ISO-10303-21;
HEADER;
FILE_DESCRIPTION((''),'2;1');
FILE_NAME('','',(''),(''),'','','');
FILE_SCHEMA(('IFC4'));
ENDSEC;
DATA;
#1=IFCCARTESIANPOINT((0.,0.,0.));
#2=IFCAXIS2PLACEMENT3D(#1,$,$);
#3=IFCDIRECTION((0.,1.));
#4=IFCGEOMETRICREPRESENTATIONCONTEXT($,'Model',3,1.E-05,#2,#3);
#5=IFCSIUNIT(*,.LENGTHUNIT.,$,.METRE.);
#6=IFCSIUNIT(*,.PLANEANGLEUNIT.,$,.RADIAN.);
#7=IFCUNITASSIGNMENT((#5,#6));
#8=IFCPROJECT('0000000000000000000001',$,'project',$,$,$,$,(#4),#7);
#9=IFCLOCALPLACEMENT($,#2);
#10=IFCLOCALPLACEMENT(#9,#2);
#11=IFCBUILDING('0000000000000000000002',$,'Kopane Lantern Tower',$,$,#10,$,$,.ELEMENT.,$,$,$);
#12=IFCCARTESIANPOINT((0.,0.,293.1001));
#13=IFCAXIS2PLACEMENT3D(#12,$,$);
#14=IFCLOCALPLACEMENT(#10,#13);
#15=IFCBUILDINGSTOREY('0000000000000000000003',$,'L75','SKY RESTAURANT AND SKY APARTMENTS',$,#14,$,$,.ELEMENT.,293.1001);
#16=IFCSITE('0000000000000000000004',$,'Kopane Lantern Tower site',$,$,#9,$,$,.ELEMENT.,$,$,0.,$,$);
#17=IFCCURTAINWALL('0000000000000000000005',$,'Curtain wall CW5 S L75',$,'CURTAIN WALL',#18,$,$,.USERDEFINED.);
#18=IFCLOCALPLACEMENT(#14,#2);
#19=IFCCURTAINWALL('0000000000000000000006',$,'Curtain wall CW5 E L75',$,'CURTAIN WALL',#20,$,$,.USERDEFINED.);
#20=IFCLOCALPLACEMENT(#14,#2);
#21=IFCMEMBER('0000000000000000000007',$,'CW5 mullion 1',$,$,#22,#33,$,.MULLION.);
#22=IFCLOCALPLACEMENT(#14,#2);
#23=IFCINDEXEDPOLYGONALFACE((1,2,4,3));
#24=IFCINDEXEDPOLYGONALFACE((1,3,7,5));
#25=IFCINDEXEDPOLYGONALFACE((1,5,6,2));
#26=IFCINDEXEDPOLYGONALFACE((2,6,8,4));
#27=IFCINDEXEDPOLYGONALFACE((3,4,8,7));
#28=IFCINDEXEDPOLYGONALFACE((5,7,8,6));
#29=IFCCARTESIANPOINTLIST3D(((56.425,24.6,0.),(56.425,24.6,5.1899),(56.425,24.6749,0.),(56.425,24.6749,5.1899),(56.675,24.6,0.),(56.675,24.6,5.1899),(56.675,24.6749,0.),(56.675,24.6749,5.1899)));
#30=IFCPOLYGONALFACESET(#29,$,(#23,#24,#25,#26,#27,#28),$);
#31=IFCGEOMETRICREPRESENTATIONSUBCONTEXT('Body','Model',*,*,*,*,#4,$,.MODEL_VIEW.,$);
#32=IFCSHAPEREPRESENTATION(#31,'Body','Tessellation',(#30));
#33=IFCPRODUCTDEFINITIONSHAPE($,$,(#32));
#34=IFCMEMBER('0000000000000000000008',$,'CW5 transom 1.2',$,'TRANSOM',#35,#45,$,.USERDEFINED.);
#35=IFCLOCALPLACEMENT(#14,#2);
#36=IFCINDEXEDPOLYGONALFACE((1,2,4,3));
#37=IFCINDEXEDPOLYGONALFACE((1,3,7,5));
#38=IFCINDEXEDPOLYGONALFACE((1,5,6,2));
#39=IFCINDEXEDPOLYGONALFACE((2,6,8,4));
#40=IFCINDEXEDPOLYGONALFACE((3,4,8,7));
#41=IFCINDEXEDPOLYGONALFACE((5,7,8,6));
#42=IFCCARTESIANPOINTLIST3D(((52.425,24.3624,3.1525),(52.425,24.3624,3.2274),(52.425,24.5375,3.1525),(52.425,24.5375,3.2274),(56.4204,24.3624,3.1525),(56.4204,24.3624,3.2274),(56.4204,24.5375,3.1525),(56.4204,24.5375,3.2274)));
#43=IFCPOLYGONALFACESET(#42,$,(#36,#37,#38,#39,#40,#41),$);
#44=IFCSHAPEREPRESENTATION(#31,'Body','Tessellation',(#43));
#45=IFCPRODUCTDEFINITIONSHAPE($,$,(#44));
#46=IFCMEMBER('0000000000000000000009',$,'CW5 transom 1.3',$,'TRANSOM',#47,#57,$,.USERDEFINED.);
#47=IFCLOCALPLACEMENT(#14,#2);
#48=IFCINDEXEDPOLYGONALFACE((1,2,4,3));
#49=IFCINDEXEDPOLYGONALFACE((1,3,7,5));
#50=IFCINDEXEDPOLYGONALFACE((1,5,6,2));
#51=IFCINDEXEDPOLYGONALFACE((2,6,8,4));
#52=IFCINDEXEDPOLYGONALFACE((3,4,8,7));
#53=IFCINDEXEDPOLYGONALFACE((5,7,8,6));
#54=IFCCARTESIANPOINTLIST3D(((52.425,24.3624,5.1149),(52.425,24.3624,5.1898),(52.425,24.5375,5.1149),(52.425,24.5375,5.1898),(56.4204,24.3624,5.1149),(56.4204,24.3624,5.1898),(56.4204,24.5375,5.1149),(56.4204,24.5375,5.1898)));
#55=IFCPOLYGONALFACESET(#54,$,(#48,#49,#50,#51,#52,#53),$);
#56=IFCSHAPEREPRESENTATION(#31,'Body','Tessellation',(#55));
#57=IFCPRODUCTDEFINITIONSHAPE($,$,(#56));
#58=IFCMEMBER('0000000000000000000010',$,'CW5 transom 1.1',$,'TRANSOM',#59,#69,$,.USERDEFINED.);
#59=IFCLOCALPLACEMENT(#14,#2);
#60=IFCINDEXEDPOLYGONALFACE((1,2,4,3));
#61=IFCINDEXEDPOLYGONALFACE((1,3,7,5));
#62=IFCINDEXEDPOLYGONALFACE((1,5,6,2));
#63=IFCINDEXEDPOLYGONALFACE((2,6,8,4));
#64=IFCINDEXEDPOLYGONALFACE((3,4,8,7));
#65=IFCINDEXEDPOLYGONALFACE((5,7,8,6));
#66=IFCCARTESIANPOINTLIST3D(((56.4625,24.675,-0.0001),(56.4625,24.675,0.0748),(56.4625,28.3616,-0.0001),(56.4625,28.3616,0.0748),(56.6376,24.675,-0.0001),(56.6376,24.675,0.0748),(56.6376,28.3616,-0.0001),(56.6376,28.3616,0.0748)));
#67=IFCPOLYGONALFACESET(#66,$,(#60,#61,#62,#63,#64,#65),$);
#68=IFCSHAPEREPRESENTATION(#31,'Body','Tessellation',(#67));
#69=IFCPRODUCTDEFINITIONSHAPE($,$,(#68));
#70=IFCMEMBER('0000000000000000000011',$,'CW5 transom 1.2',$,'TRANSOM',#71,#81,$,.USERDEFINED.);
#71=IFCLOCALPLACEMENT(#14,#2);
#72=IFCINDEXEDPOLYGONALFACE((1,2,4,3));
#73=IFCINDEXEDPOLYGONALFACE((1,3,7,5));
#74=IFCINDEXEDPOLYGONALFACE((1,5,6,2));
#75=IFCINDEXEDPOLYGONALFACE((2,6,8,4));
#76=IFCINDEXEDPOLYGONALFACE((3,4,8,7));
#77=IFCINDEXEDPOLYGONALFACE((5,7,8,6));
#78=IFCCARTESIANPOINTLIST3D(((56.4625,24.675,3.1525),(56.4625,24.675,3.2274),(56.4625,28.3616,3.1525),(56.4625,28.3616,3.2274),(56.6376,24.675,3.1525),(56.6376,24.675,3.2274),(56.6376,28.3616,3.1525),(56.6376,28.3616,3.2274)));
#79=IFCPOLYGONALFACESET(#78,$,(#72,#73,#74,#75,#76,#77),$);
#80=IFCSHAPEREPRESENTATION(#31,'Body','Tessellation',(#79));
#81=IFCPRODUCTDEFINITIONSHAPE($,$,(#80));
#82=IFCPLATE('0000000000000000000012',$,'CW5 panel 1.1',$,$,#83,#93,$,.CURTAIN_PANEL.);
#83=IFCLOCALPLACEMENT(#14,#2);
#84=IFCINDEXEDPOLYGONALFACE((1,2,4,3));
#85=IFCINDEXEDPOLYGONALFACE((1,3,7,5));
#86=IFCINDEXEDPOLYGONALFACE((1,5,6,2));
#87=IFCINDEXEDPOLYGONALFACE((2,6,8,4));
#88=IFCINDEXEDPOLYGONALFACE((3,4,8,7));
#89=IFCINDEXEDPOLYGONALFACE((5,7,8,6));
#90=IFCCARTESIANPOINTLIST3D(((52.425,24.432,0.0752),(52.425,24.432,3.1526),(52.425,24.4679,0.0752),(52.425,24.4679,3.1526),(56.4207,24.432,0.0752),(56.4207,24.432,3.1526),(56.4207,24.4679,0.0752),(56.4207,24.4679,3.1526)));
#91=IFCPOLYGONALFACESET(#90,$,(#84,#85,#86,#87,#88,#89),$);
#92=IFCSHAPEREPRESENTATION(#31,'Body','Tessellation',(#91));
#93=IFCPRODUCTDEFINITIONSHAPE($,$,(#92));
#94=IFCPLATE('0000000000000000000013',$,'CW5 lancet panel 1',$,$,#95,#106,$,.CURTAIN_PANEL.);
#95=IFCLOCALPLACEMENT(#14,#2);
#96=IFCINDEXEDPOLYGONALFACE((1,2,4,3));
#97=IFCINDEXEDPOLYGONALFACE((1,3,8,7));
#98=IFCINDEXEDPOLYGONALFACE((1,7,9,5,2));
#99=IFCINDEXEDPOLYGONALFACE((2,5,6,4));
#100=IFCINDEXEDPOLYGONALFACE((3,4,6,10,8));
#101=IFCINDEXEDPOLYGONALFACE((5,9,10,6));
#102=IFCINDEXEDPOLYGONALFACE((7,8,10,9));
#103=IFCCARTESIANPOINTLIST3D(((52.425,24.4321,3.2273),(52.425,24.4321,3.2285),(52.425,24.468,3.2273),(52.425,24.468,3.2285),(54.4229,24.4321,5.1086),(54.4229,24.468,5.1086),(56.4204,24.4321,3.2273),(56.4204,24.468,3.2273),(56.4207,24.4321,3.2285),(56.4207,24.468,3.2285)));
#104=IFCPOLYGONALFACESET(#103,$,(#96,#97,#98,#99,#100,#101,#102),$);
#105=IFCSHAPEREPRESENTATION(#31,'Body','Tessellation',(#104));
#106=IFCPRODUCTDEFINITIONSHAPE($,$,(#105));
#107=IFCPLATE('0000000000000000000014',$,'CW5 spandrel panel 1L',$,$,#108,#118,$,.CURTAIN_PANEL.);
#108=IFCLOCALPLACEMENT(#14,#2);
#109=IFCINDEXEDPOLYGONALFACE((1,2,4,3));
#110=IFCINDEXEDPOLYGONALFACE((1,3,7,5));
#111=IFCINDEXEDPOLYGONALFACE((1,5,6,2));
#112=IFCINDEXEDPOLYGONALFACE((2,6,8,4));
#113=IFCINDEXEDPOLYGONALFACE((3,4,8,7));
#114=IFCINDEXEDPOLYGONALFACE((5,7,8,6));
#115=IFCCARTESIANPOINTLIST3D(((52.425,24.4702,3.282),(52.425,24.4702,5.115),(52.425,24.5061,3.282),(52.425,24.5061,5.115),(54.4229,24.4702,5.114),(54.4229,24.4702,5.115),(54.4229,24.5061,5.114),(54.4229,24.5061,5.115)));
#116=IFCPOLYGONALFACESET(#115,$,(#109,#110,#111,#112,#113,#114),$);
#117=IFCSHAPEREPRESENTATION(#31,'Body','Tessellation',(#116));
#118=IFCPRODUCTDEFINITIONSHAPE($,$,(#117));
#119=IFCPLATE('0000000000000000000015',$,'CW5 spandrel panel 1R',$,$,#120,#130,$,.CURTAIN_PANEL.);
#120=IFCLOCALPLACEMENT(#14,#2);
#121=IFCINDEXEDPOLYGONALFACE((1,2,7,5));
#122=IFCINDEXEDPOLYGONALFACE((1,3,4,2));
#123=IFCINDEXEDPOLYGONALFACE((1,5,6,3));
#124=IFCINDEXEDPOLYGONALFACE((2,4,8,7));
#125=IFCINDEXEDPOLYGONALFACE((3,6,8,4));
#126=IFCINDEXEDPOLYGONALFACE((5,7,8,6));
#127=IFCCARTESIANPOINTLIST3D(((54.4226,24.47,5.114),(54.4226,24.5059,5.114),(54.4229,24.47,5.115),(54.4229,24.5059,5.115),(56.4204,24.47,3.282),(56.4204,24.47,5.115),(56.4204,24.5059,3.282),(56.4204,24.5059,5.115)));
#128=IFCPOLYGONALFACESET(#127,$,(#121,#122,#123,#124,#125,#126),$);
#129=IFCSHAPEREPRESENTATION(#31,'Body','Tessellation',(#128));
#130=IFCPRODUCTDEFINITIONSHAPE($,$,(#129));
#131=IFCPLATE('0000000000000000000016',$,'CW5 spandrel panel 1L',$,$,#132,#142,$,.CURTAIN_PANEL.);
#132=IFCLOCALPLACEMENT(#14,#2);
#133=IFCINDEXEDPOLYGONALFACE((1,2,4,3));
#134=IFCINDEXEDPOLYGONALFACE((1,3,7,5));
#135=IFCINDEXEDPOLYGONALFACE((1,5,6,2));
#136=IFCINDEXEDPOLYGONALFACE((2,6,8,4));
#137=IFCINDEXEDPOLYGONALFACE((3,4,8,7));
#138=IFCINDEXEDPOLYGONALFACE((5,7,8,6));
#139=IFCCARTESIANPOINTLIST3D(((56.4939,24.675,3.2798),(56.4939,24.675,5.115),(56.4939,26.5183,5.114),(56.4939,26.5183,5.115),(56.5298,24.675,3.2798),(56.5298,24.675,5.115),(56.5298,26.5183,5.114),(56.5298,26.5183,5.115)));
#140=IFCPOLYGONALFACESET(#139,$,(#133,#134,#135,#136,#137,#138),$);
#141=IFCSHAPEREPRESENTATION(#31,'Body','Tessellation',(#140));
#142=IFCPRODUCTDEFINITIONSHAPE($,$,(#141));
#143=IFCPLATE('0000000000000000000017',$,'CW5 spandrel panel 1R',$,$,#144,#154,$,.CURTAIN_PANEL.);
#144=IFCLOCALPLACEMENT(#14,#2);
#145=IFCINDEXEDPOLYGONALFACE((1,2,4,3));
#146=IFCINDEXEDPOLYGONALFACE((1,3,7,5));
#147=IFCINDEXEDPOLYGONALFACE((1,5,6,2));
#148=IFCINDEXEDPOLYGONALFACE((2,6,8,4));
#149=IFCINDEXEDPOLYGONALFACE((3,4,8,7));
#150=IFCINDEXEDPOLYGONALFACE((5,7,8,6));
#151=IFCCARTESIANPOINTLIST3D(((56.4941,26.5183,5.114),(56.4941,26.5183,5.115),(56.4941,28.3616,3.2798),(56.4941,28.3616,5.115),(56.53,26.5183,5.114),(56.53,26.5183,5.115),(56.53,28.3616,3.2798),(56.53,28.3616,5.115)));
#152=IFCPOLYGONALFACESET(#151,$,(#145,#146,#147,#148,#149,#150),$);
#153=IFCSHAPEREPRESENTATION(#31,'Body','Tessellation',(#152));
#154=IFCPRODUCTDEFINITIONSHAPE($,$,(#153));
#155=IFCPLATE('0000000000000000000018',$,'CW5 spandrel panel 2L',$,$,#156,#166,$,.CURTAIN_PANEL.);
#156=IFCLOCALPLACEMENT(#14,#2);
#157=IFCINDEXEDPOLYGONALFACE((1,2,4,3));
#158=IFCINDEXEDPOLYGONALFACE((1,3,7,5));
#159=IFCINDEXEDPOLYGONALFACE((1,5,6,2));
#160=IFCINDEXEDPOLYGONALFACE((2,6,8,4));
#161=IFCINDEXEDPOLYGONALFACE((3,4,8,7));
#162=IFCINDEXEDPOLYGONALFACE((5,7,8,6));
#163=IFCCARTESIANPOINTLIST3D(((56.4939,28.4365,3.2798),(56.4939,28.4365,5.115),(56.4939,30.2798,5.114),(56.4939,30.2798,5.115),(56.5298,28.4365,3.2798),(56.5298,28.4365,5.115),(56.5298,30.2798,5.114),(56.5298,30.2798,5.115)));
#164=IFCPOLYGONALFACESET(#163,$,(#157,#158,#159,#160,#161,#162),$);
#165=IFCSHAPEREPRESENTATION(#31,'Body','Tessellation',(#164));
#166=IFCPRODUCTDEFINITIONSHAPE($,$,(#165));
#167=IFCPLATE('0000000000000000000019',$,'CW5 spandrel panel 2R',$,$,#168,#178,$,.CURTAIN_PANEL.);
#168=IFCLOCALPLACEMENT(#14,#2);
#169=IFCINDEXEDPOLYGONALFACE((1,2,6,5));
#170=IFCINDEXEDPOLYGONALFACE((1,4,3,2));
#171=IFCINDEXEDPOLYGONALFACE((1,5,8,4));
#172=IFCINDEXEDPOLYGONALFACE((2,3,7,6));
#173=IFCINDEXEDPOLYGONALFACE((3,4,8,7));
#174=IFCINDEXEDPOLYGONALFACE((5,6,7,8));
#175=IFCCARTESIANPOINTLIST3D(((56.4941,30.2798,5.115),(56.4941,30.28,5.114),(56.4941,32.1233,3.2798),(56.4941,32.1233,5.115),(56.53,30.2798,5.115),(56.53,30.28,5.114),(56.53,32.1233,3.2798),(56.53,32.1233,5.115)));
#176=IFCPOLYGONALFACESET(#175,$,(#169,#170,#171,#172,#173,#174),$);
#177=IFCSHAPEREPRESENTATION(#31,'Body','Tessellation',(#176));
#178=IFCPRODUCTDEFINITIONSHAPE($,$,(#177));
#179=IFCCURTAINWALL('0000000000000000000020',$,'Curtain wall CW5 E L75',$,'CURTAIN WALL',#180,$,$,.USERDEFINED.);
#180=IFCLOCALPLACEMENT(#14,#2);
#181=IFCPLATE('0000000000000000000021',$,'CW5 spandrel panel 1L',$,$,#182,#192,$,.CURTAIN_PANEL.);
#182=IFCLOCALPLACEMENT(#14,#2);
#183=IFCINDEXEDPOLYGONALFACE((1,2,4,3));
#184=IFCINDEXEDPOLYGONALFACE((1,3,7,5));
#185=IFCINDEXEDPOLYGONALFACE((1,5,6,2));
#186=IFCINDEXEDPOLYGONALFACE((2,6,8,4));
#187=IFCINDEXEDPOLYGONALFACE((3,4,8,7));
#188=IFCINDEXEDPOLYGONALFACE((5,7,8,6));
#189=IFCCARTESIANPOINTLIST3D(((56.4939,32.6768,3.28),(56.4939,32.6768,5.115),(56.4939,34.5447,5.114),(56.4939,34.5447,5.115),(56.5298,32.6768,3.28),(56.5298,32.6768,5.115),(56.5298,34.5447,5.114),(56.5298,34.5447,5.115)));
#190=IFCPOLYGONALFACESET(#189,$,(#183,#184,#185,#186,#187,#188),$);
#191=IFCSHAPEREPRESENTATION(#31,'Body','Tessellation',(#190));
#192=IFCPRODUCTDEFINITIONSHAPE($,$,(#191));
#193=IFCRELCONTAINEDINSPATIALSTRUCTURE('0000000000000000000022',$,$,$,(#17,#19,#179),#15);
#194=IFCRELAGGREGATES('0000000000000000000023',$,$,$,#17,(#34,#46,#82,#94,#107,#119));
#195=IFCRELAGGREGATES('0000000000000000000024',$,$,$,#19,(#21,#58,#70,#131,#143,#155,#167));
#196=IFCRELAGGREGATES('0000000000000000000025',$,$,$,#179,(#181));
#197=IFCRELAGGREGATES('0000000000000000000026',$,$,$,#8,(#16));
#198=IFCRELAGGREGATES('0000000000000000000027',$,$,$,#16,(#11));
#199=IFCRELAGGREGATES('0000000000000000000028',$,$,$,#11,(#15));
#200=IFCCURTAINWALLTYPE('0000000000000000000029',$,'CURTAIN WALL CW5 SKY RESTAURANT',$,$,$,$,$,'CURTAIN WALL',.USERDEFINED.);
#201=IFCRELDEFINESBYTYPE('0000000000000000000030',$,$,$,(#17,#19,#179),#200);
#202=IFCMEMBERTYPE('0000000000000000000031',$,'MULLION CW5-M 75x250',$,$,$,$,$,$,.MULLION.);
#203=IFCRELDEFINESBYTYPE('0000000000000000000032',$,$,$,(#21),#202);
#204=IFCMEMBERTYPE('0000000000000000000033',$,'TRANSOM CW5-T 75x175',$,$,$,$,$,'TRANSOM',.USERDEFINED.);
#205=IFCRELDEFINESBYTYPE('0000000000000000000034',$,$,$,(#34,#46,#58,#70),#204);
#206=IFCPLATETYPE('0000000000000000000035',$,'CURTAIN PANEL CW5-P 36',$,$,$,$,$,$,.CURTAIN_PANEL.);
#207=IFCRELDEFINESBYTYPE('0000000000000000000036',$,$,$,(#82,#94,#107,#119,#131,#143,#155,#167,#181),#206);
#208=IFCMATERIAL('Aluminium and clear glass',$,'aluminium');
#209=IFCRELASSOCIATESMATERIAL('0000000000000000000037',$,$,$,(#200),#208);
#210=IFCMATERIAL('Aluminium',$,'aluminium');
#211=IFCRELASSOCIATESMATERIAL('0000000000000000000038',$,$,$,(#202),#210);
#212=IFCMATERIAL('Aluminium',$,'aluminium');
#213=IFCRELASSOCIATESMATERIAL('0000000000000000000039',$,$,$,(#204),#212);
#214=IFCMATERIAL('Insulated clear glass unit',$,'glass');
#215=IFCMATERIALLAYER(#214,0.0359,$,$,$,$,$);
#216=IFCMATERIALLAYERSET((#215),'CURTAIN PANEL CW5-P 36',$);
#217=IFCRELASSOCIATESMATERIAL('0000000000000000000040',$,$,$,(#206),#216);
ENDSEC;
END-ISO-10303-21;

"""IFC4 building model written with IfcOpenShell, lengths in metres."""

from ifc_helpers import new_model, si_unit, direction, frame, origin, origin_2d, place, context, subcontext, project, spatial, polyline, rectangle, outline, extrude, material, layer, layer_set, material_profile, profile_set, type_object, element, aggregate, save


model = new_model("IFC4")

# Units and contexts
model_context = context("Model", 3, precision=1e-05, world=origin(), true_north=direction((0.0, 1.0)))
body_context = subcontext(model_context, "Body", "Model", "MODEL_VIEW")
ifc_project = project(units=[si_unit("LENGTHUNIT", "METRE"), si_unit("PLANEANGLEUNIT", "RADIAN")], contexts=[model_context])

# Site, building, storey
site_placement = place(None, origin())
site = spatial("IfcSite", under=ifc_project, at=site_placement, Name="Kopane Lantern Tower site", CompositionType="ELEMENT", RefElevation=0.0)
building_placement = place(site_placement, origin())
building = spatial("IfcBuilding", under=site, at=building_placement, Name="Kopane Lantern Tower", CompositionType="ELEMENT")
storey_placement = place(building_placement, frame((0.0, 0.0, 293.1001)))
storey = spatial("IfcBuildingStorey", under=building, at=storey_placement, Name="L75", Description="SKY RESTAURANT AND SKY APARTMENTS", CompositionType="ELEMENT", Elevation=293.1001)

# Curtain wall
ifc_material_1 = material(Name="Aluminium and clear glass", Category="aluminium")
curtain_wall_type = type_object("IfcCurtainWallType", Name="CURTAIN WALL CW5 SKY RESTAURANT", ElementType="CURTAIN WALL", PredefinedType="USERDEFINED", material=ifc_material_1)
curtain_wall_1_placement = place(storey_placement, origin())
curtain_wall_1 = element("IfcCurtainWall", 1, at=curtain_wall_1_placement, inside=storey, type_object=curtain_wall_type, Name="Curtain wall CW5 S L75", ObjectType="CURTAIN WALL", PredefinedType="USERDEFINED")
ifc_material_2 = material(Name="Aluminium", Category="aluminium")
ifc_material_profile_1 = material_profile(ifc_material_2, rectangle(XDim=0.075, YDim=0.25, at=origin_2d()), Name="AL 75x250")
ifc_profile_set_1 = profile_set([ifc_material_profile_1], Name="Aluminium")
member_type_1 = type_object("IfcMemberType", Name="MULLION CW5-M 75x250", PredefinedType="MULLION", material=ifc_profile_set_1)

# Curtain wall, member
curtain_wall_2_placement = place(storey_placement, origin())
curtain_wall_2 = element("IfcCurtainWall", 2, at=curtain_wall_2_placement, inside=storey, type_object=curtain_wall_type, Name="Curtain wall CW5 E L75", ObjectType="CURTAIN WALL", PredefinedType="USERDEFINED")
member_1_placement = place(storey_placement, frame((56.55, 24.6375, 0.0), z_axis=(0.0, 0.0, 1.0), x_axis=(0.0, 1.0, 0.0)))
member_1 = element("IfcMember", 3, at=member_1_placement, type_object=member_type_1, Name="CW5 mullion 1", PredefinedType="MULLION", context=body_context, shape_type="SweptSolid", body=[
    extrude(rectangle(XDim=0.075, YDim=0.25, at=origin_2d()), origin(), (0.0, 0.0, 1.0), 5.1899),
])

# Members
ifc_material_3 = material(Name="Aluminium", Category="aluminium")
ifc_material_profile_2 = material_profile(ifc_material_3, rectangle(XDim=0.175, YDim=0.075, at=origin_2d()), Name="AL 175x75")
ifc_profile_set_2 = profile_set([ifc_material_profile_2], Name="Aluminium")
member_type_2 = type_object("IfcMemberType", Name="TRANSOM CW5-T 75x175", ElementType="TRANSOM", PredefinedType="USERDEFINED", material=ifc_profile_set_2)
member_2_placement = place(storey_placement, frame((52.425, 24.45, 3.1899), z_axis=(1.0, 0.0, 0.0), x_axis=(0.0, 1.0, 0.0)))
member_2 = element("IfcMember", 4, at=member_2_placement, type_object=member_type_2, Name="CW5 transom 1.2", ObjectType="TRANSOM", PredefinedType="USERDEFINED", context=body_context, shape_type="SweptSolid", body=[
    extrude(rectangle(XDim=0.175, YDim=0.075, at=origin_2d()), origin(), (0.0, 0.0, 1.0), 3.9954),
])
member_3_placement = place(storey_placement, frame((52.425, 24.45, 5.1523), z_axis=(1.0, 0.0, 0.0), x_axis=(0.0, 1.0, 0.0)))
member_3 = element("IfcMember", 5, at=member_3_placement, type_object=member_type_2, Name="CW5 transom 1.3", ObjectType="TRANSOM", PredefinedType="USERDEFINED", context=body_context, shape_type="SweptSolid", body=[
    extrude(rectangle(XDim=0.175, YDim=0.075, at=origin_2d()), origin(), (0.0, 0.0, 1.0), 3.9954),
])
member_4_placement = place(storey_placement, frame((56.55, 24.675, 0.0374), z_axis=(0.0, 1.0, 0.0), x_axis=(-1.0, 0.0, 0.0)))
member_4 = element("IfcMember", 6, at=member_4_placement, type_object=member_type_2, Name="CW5 transom 1.1", ObjectType="TRANSOM", PredefinedType="USERDEFINED", context=body_context, shape_type="SweptSolid", body=[
    extrude(rectangle(XDim=0.175, YDim=0.075, at=origin_2d()), origin(), (0.0, 0.0, 1.0), 3.6865),
])
member_5_placement = place(storey_placement, frame((56.55, 24.675, 3.1899), z_axis=(0.0, 1.0, 0.0), x_axis=(-1.0, 0.0, 0.0)))
member_5 = element("IfcMember", 7, at=member_5_placement, type_object=member_type_2, Name="CW5 transom 1.2", ObjectType="TRANSOM", PredefinedType="USERDEFINED", context=body_context, shape_type="SweptSolid", body=[
    extrude(rectangle(XDim=0.175, YDim=0.075, at=origin_2d()), origin(), (0.0, 0.0, 1.0), 3.6865),
])

# Plates
ifc_material_4 = material(Name="Insulated clear glass unit", Category="glass")
ifc_layer_1 = layer(ifc_material_4, 0.0359)
ifc_layer_set_1 = layer_set([ifc_layer_1], Name="CURTAIN PANEL CW5-P 36")
plate_type = type_object("IfcPlateType", Name="CURTAIN PANEL CW5-P 36", PredefinedType="CURTAIN_PANEL", material=ifc_layer_set_1)
plate_1_placement = place(storey_placement, frame((54.4229, 24.45, 0.0752), z_axis=(0.0, 0.0, 1.0), x_axis=(1.0, 0.0, 0.0)))
plate_1 = element("IfcPlate", 8, at=plate_1_placement, type_object=plate_type, Name="CW5 panel 1.1", PredefinedType="CURTAIN_PANEL", context=body_context, shape_type="SweptSolid", body=[
    extrude(rectangle(XDim=3.9956, YDim=0.0359, at=origin_2d()), origin(), (0.0, 0.0, 1.0), 3.0774),
])
plate_2_placement = place(storey_placement, frame((52.425, 24.45, 3.2273), z_axis=(0.0, 0.0, 1.0), x_axis=(1.0, 0.0, 0.0)))
plate_2 = element("IfcPlate", 9, at=plate_2_placement, type_object=plate_type, Name="CW5 lancet panel 1", PredefinedType="CURTAIN_PANEL", context=body_context, shape_type="SweptSolid", body=[
    extrude(outline(polyline([(0.0, 0.0), (3.9954, 0.0), (3.9956, 0.0012), (1.9978, 1.8813), (0.0, 0.0012), (0.0, 0.0)])), frame((0.0, 0.0181, 0.0), z_axis=(0.0, -1.0, 0.0), x_axis=(1.0, 0.0, 0.0)), (0.0, 0.0, 1.0), 0.0359),
])
plate_3_placement = place(storey_placement, frame((52.425, 24.488, 5.115), z_axis=(0.0, 0.0, 1.0), x_axis=(1.0, 0.0, 0.0)))
plate_3 = element("IfcPlate", 10, at=plate_3_placement, type_object=plate_type, Name="CW5 spandrel panel 1L", PredefinedType="CURTAIN_PANEL", context=body_context, shape_type="SweptSolid", body=[
    extrude(outline(polyline([(0.0, 0.0), (1.9978, 0.0), (1.9978, -0.001), (0.0, -1.833), (0.0, 0.0)])), frame((0.0, 0.0181, 0.0), z_axis=(0.0, -1.0, 0.0), x_axis=(1.0, 0.0, 0.0)), (0.0, 0.0, 1.0), 0.0359),
])
plate_4_placement = place(storey_placement, frame((56.4204, 24.488, 5.115), z_axis=(0.0, 0.0, 1.0), x_axis=(-1.0, 0.0, 0.0)))
plate_4 = element("IfcPlate", 11, at=plate_4_placement, type_object=plate_type, Name="CW5 spandrel panel 1R", PredefinedType="CURTAIN_PANEL", context=body_context, shape_type="SweptSolid", body=[
    extrude(outline(polyline([(0.0, 0.0), (1.9976, 0.0), (1.9978, -0.001), (0.0, -1.833), (0.0, 0.0)])), frame((0.0, 0.0181, 0.0), z_axis=(0.0, -1.0, 0.0), x_axis=(1.0, 0.0, 0.0)), (0.0, 0.0, 1.0), 0.0359),
])
aggregate(curtain_wall_1, [member_2, member_3, plate_1, plate_2, plate_3, plate_4])
plate_5_placement = place(storey_placement, frame((56.512, 24.675, 5.115), z_axis=(0.0, 0.0, 1.0), x_axis=(0.0, 1.0, 0.0)))
plate_5 = element("IfcPlate", 12, at=plate_5_placement, type_object=plate_type, Name="CW5 spandrel panel 1L", PredefinedType="CURTAIN_PANEL", context=body_context, shape_type="SweptSolid", body=[
    extrude(outline(polyline([(0.0, 0.0), (1.8433, 0.0), (1.8433, -0.001), (0.0, -1.8352), (0.0, 0.0)])), frame((0.0, 0.0181, 0.0), z_axis=(0.0, -1.0, 0.0), x_axis=(1.0, 0.0, 0.0)), (0.0, 0.0, 1.0), 0.0359),
])
plate_6_placement = place(storey_placement, frame((56.512, 28.3616, 5.115), z_axis=(0.0, 0.0, 1.0), x_axis=(0.0, -1.0, 0.0)))
plate_6 = element("IfcPlate", 13, at=plate_6_placement, type_object=plate_type, Name="CW5 spandrel panel 1R", PredefinedType="CURTAIN_PANEL", context=body_context, shape_type="SweptSolid", body=[
    extrude(outline(polyline([(0.0, 0.0), (1.8433, 0.0), (1.8433, -0.001), (0.0, -1.8352), (0.0, 0.0)])), frame((0.0, 0.0181, 0.0), z_axis=(0.0, -1.0, 0.0), x_axis=(1.0, 0.0, 0.0)), (0.0, 0.0, 1.0), 0.0359),
])
plate_7_placement = place(storey_placement, frame((56.512, 28.4365, 5.115), z_axis=(0.0, 0.0, 1.0), x_axis=(0.0, 1.0, 0.0)))
plate_7 = element("IfcPlate", 14, at=plate_7_placement, type_object=plate_type, Name="CW5 spandrel panel 2L", PredefinedType="CURTAIN_PANEL", context=body_context, shape_type="SweptSolid", body=[
    extrude(outline(polyline([(0.0, 0.0), (1.8433, 0.0), (1.8433, -0.001), (0.0, -1.8352), (0.0, 0.0)])), frame((0.0, 0.0181, 0.0), z_axis=(0.0, -1.0, 0.0), x_axis=(1.0, 0.0, 0.0)), (0.0, 0.0, 1.0), 0.0359),
])
plate_8_placement = place(storey_placement, frame((56.512, 32.1233, 5.115), z_axis=(0.0, 0.0, 1.0), x_axis=(0.0, -1.0, 0.0)))
plate_8 = element("IfcPlate", 15, at=plate_8_placement, type_object=plate_type, Name="CW5 spandrel panel 2R", PredefinedType="CURTAIN_PANEL", context=body_context, shape_type="SweptSolid", body=[
    extrude(outline(polyline([(0.0, 0.0), (1.8435, 0.0), (1.8433, -0.001), (0.0, -1.8352), (0.0, 0.0)])), frame((0.0, 0.0181, 0.0), z_axis=(0.0, -1.0, 0.0), x_axis=(1.0, 0.0, 0.0)), (0.0, 0.0, 1.0), 0.0359),
])
aggregate(curtain_wall_2, [member_1, member_4, member_5, plate_5, plate_6, plate_7, plate_8])

# Curtain wall, plate
curtain_wall_3_placement = place(storey_placement, origin())
curtain_wall_3 = element("IfcCurtainWall", 16, at=curtain_wall_3_placement, inside=storey, type_object=curtain_wall_type, Name="Curtain wall CW5 E L75", ObjectType="CURTAIN WALL", PredefinedType="USERDEFINED")
plate_9_placement = place(storey_placement, frame((56.512, 32.6768, 5.115), z_axis=(0.0, 0.0, 1.0), x_axis=(0.0, 1.0, 0.0)))
plate_9 = element("IfcPlate", 17, at=plate_9_placement, type_object=plate_type, Name="CW5 spandrel panel 1L", PredefinedType="CURTAIN_PANEL", context=body_context, shape_type="SweptSolid", body=[
    extrude(outline(polyline([(0.0, 0.0), (1.8679, 0.0), (1.8679, -0.001), (0.0, -1.835), (0.0, 0.0)])), frame((0.0, 0.0181, 0.0), z_axis=(0.0, -1.0, 0.0), x_axis=(1.0, 0.0, 0.0)), (0.0, 0.0, 1.0), 0.0359),
])
aggregate(curtain_wall_3, [plate_9])

save(model, "model.ifc")
